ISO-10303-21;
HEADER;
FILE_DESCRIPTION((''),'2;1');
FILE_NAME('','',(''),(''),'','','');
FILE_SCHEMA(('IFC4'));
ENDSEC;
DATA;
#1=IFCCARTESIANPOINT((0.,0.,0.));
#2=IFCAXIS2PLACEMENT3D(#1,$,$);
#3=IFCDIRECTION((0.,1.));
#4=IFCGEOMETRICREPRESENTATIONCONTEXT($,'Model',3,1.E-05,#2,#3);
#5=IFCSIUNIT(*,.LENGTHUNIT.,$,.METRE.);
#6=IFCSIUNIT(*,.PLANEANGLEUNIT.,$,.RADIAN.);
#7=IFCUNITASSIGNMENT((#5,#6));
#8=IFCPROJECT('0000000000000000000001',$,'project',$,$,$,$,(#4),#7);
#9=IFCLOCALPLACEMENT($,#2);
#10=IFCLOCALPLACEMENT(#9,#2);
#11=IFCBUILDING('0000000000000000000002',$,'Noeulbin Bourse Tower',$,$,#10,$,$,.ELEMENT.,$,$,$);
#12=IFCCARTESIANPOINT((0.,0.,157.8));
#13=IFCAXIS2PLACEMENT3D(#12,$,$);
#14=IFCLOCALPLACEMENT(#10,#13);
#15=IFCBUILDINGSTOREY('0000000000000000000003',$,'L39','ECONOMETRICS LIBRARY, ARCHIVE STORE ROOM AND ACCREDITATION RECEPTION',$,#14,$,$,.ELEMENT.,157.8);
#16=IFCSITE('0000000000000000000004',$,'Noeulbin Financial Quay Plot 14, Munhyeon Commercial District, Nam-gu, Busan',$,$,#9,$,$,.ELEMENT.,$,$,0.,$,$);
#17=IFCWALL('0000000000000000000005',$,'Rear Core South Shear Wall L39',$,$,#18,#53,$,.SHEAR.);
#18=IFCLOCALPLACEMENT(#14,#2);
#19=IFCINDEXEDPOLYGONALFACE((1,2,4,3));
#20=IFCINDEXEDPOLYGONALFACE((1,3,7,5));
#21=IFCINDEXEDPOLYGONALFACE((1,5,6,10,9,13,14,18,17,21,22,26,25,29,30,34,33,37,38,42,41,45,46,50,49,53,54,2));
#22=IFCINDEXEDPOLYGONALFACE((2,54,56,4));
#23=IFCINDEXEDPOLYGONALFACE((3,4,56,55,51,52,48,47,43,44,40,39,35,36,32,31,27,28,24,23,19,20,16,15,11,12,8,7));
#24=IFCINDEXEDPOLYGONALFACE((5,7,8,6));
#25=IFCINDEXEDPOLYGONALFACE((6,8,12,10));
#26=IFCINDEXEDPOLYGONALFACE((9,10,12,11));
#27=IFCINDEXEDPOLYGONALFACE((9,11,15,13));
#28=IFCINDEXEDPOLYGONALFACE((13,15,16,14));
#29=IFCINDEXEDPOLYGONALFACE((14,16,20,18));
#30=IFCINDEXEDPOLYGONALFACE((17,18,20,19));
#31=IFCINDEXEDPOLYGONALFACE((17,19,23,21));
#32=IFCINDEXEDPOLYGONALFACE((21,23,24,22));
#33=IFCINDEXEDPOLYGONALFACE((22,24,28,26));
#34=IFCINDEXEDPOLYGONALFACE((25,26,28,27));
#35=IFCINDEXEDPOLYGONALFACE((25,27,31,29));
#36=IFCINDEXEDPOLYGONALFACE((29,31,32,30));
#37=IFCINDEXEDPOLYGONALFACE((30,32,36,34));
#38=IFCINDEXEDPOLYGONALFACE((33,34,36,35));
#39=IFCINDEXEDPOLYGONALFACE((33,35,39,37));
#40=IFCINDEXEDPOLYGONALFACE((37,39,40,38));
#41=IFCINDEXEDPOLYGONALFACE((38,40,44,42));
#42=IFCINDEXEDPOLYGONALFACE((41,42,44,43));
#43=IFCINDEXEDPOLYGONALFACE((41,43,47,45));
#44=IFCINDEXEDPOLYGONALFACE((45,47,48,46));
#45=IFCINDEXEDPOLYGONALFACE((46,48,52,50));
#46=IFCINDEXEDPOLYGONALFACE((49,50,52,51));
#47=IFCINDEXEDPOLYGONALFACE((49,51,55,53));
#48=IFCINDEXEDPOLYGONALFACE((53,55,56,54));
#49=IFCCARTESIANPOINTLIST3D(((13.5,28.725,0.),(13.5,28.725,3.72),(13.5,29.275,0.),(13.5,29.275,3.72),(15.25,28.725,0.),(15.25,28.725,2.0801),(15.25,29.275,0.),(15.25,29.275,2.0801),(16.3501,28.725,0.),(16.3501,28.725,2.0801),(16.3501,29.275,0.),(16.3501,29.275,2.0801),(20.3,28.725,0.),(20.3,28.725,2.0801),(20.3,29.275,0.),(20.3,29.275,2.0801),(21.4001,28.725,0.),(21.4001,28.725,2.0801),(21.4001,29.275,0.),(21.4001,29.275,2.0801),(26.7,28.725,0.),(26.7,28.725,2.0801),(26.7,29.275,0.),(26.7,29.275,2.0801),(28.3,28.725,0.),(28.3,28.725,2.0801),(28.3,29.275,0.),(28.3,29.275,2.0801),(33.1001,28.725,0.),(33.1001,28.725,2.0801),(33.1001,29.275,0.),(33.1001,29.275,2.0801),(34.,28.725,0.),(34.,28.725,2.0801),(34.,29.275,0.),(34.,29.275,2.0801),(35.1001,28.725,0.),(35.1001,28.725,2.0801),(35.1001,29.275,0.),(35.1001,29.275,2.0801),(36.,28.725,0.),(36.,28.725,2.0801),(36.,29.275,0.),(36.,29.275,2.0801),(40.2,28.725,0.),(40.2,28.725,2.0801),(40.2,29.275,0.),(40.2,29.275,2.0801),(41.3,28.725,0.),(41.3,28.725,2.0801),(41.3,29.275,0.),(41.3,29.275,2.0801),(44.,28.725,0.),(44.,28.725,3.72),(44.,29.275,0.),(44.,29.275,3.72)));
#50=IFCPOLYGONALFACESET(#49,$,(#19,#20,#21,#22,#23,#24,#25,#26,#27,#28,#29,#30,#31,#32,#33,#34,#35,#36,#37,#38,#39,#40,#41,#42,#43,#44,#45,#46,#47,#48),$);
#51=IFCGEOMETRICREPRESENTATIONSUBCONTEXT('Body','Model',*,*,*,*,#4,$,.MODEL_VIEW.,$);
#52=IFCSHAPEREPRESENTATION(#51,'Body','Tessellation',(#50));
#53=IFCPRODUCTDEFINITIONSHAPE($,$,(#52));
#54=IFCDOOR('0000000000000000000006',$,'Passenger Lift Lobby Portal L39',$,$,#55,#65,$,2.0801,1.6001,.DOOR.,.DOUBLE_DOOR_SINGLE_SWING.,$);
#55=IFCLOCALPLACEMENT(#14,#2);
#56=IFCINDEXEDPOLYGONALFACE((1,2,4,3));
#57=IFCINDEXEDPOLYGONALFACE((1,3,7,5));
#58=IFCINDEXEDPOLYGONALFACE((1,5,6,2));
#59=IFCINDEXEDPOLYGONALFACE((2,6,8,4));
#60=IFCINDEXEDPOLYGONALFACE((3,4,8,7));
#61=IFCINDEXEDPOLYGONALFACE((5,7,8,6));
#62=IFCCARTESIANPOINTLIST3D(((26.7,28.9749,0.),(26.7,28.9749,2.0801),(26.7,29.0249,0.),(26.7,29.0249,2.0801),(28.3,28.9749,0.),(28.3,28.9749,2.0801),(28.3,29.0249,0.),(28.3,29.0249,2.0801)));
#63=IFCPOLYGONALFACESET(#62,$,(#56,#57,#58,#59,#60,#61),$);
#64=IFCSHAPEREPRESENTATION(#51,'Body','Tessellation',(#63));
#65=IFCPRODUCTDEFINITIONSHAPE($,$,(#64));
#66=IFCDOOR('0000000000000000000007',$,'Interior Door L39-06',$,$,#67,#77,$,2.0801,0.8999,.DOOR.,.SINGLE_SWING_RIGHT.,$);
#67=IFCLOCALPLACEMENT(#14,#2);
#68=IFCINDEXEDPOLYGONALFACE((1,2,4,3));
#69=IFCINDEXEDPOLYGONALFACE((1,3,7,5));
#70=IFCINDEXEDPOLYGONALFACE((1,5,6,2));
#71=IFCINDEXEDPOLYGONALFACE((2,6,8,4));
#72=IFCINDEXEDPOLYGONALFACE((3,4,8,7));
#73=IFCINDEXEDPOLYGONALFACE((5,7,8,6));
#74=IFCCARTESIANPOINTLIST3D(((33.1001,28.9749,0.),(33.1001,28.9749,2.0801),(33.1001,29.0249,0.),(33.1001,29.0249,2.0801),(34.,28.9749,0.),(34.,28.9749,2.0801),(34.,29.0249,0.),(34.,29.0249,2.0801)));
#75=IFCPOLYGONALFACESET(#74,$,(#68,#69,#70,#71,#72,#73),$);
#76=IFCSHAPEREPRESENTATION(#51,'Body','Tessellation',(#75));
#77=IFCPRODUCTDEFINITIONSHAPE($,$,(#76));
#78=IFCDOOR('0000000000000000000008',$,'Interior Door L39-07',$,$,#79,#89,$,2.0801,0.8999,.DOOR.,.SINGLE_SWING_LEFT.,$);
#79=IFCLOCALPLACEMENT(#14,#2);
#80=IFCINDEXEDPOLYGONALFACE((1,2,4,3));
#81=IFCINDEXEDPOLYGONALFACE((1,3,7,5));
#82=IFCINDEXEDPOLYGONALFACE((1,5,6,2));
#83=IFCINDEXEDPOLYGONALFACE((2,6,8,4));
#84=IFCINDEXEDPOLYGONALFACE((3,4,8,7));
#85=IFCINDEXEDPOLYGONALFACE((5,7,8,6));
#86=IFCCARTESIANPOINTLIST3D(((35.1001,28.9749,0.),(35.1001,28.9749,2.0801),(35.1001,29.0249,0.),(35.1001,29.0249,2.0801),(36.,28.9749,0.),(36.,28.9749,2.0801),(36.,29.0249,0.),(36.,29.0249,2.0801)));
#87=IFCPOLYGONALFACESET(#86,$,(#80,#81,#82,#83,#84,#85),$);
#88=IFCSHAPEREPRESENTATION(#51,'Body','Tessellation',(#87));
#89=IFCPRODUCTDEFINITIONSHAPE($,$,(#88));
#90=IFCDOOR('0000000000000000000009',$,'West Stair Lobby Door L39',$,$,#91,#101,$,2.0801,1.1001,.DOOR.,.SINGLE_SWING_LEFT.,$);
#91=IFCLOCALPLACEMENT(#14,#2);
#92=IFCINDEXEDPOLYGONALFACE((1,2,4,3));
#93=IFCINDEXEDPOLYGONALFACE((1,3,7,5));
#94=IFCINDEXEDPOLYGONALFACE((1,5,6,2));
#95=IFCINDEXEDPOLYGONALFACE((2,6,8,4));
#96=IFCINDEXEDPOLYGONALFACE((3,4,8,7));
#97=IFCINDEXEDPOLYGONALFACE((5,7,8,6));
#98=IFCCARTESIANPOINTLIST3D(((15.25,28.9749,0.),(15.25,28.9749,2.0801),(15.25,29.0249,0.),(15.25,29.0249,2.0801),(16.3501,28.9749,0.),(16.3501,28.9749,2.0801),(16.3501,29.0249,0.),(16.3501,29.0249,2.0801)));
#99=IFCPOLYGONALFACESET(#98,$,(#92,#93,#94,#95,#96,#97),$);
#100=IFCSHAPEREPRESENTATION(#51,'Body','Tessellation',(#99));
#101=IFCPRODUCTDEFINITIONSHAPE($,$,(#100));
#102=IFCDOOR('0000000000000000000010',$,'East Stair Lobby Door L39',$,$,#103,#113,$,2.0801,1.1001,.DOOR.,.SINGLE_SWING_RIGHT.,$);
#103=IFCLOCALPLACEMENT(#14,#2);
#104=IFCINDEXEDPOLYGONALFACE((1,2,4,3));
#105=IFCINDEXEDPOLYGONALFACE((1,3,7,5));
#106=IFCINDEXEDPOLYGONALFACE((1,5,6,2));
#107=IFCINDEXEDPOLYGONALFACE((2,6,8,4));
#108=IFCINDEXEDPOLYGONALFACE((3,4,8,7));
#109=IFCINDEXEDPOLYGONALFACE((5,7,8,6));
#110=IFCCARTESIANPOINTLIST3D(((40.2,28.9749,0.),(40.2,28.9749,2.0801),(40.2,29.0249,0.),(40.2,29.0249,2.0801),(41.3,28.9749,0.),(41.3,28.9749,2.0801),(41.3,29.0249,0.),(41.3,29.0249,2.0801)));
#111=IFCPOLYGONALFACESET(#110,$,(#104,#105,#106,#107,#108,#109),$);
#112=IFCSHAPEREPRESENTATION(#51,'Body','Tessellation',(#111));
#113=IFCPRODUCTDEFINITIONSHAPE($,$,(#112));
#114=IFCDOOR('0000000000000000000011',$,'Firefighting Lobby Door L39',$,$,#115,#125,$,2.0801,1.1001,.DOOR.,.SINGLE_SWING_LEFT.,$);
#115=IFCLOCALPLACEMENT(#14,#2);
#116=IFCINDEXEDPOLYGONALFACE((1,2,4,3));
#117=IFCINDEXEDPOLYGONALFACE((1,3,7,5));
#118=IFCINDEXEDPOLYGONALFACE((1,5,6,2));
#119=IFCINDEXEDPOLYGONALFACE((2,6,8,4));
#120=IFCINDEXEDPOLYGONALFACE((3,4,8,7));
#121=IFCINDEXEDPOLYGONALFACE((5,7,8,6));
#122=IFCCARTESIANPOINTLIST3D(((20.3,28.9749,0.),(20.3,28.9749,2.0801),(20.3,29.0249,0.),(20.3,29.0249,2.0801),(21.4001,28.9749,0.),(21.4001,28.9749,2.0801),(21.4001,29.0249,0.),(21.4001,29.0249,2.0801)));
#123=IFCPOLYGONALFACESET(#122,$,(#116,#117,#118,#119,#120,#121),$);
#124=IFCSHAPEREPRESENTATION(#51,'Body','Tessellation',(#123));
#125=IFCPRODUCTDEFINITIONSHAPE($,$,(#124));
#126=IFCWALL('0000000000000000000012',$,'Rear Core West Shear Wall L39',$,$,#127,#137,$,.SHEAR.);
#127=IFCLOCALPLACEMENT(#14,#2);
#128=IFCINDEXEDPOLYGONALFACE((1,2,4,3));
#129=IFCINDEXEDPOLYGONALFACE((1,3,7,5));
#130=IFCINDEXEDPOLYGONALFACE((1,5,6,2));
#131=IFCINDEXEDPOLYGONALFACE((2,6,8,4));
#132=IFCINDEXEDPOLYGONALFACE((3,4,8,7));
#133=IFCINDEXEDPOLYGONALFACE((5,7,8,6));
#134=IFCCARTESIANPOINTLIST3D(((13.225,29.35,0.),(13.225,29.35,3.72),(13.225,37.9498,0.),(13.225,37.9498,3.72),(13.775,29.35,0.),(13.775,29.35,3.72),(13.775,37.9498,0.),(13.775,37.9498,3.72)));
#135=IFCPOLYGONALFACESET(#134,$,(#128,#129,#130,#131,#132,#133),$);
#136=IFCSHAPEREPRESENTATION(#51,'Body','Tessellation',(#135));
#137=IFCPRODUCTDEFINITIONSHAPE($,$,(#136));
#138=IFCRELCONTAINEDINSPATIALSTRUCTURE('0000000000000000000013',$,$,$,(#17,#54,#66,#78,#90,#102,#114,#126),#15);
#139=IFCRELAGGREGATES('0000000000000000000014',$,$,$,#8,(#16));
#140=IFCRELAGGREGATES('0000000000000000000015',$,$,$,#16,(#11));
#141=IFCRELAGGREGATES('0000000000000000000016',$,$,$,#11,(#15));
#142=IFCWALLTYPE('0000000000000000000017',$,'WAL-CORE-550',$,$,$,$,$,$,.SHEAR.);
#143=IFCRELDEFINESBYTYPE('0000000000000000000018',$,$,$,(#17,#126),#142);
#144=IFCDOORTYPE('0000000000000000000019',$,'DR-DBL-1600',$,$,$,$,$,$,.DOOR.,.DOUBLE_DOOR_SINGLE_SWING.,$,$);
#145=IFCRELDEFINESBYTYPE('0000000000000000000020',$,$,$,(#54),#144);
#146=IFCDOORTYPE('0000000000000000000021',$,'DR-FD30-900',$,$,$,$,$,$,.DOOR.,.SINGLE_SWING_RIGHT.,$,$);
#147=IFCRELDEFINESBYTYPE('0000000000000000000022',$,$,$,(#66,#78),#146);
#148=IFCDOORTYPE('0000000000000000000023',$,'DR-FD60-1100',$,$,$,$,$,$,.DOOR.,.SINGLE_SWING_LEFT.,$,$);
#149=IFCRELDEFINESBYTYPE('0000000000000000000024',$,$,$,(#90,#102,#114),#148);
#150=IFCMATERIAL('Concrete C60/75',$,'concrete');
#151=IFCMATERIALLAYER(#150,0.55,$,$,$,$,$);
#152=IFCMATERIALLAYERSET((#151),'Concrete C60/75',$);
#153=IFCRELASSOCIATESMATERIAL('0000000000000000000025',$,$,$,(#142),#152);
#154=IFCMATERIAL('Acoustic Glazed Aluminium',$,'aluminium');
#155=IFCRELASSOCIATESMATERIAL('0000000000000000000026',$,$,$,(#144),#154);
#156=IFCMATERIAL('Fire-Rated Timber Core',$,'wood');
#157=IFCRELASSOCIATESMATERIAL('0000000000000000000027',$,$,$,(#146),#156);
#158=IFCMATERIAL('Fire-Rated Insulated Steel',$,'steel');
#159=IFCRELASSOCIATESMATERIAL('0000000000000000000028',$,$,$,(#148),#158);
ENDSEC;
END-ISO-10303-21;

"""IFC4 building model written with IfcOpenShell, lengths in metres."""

from ifc_helpers import new_model, si_unit, direction, frame, frame_2d, origin, place, context, subcontext, project, spatial, rectangle, extrude, material, layer, layer_set, type_object, element, fill, save


model = new_model("IFC4")

# Units and contexts
model_context = context("Model", 3, precision=1e-05, world=origin(), true_north=direction((0.0, 1.0)))
body_context = subcontext(model_context, "Body", "Model", "MODEL_VIEW")
ifc_project = project(units=[si_unit("LENGTHUNIT", "METRE"), si_unit("PLANEANGLEUNIT", "RADIAN")], contexts=[model_context])

# Site, building, storey
site_placement = place(None, origin())
site = spatial("IfcSite", under=ifc_project, at=site_placement, Name="Noeulbin Financial Quay Plot 14, Munhyeon Commercial District, Nam-gu, Busan", CompositionType="ELEMENT", RefElevation=0.0)
building_placement = place(site_placement, origin())
building = spatial("IfcBuilding", under=site, at=building_placement, Name="Noeulbin Bourse Tower", CompositionType="ELEMENT")
storey_placement = place(building_placement, frame((0.0, 0.0, 157.8)))
storey = spatial("IfcBuildingStorey", under=building, at=storey_placement, Name="L39", Description="ECONOMETRICS LIBRARY, ARCHIVE STORE ROOM AND ACCREDITATION RECEPTION", CompositionType="ELEMENT", Elevation=157.8)

# Wall, openings, doors
ifc_material_1 = material(Name="Concrete C60/75", Category="concrete")
ifc_layer_1 = layer(ifc_material_1, 0.55)
ifc_layer_set_1 = layer_set([ifc_layer_1], Name="Concrete C60/75")
wall_type_1 = type_object("IfcWallType", Name="WAL-CORE-550", PredefinedType="SHEAR", material=ifc_layer_set_1)
wall_1_placement = place(storey_placement, frame((13.5, 29.0, 0.0), z_axis=(0.0, 0.0, 1.0), x_axis=(1.0, 0.0, 0.0)))
wall_1 = element("IfcWall", 1, at=wall_1_placement, inside=storey, type_object=wall_type_1, Name="Rear Core South Shear Wall L39", PredefinedType="SHEAR", context=body_context, shape_type="SweptSolid", body=[
    extrude(rectangle(XDim=30.5, YDim=0.55, at=frame_2d((15.25, 0.0))), origin(), (0.0, 0.0, 1.0), 3.72),
])
opening_1_placement = place(wall_1_placement, frame((1.75, 0.0, 0.0)))
opening_1 = element("IfcOpeningElement", 2, at=opening_1_placement, cuts=wall_1, PredefinedType="OPENING", context=body_context, shape_type="SweptSolid", body=[
    extrude(rectangle(XDim=1.1001, YDim=2.0801, at=frame_2d((0.55, 1.04))), frame((0.0, 0.2849, 0.0), z_axis=(0.0, -1.0, 0.0), x_axis=(1.0, 0.0, 0.0)), (0.0, 0.0, 1.0), 0.5701),
])
opening_2_placement = place(wall_1_placement, frame((26.7, 0.0, 0.0)))
opening_2 = element("IfcOpeningElement", 3, at=opening_2_placement, cuts=wall_1, PredefinedType="OPENING", context=body_context, shape_type="SweptSolid", body=[
    extrude(rectangle(XDim=1.1001, YDim=2.0801, at=frame_2d((0.55, 1.04))), frame((0.0, 0.2849, 0.0), z_axis=(0.0, -1.0, 0.0), x_axis=(1.0, 0.0, 0.0)), (0.0, 0.0, 1.0), 0.5701),
])
opening_3_placement = place(wall_1_placement, frame((6.8, 0.0, 0.0)))
opening_3 = element("IfcOpeningElement", 4, at=opening_3_placement, cuts=wall_1, PredefinedType="OPENING", context=body_context, shape_type="SweptSolid", body=[
    extrude(rectangle(XDim=1.1001, YDim=2.0801, at=frame_2d((0.55, 1.04))), frame((0.0, 0.2849, 0.0), z_axis=(0.0, -1.0, 0.0), x_axis=(1.0, 0.0, 0.0)), (0.0, 0.0, 1.0), 0.5701),
])
opening_4_placement = place(wall_1_placement, frame((13.2, 0.0, 0.0)))
opening_4 = element("IfcOpeningElement", 5, at=opening_4_placement, cuts=wall_1, PredefinedType="OPENING", context=body_context, shape_type="SweptSolid", body=[
    extrude(rectangle(XDim=1.6001, YDim=2.0801, at=frame_2d((0.8, 1.04))), frame((0.0, 0.2849, 0.0), z_axis=(0.0, -1.0, 0.0), x_axis=(1.0, 0.0, 0.0)), (0.0, 0.0, 1.0), 0.5701),
])
opening_5_placement = place(wall_1_placement, frame((19.6001, 0.0, 0.0)))
opening_5 = element("IfcOpeningElement", 6, at=opening_5_placement, cuts=wall_1, PredefinedType="OPENING", context=body_context, shape_type="SweptSolid", body=[
    extrude(rectangle(XDim=0.8999, YDim=2.0801, at=frame_2d((0.45, 1.04))), frame((0.0, 0.2849, 0.0), z_axis=(0.0, -1.0, 0.0), x_axis=(1.0, 0.0, 0.0)), (0.0, 0.0, 1.0), 0.5701),
])
opening_6_placement = place(wall_1_placement, frame((21.6001, 0.0, 0.0)))
opening_6 = element("IfcOpeningElement", 7, at=opening_6_placement, cuts=wall_1, PredefinedType="OPENING", context=body_context, shape_type="SweptSolid", body=[
    extrude(rectangle(XDim=0.8999, YDim=2.0801, at=frame_2d((0.45, 1.04))), frame((0.0, 0.2849, 0.0), z_axis=(0.0, -1.0, 0.0), x_axis=(1.0, 0.0, 0.0)), (0.0, 0.0, 1.0), 0.5701),
])
ifc_material_2 = material(Name="Acoustic Glazed Aluminium", Category="aluminium")
door_type_1 = type_object("IfcDoorType", Name="DR-DBL-1600", OperationType="DOUBLE_DOOR_SINGLE_SWING", PredefinedType="DOOR", material=ifc_material_2)
door_1_placement = place(opening_4_placement, origin())
door_1 = element("IfcDoor", 8, at=door_1_placement, inside=storey, type_object=door_type_1, Name="Passenger Lift Lobby Portal L39", OperationType="DOUBLE_DOOR_SINGLE_SWING", OverallHeight=2.0801, OverallWidth=1.6001, PredefinedType="DOOR", context=body_context, shape_type="SweptSolid", body=[
    extrude(rectangle(XDim=1.6001, YDim=2.0801, at=frame_2d((0.8, 1.04))), frame((0.0, 0.0249, 0.0), z_axis=(0.0, -1.0, 0.0), x_axis=(1.0, 0.0, 0.0)), (0.0, 0.0, 1.0), 0.05),
])
fill(opening_4, door_1)
ifc_material_3 = material(Name="Fire-Rated Timber Core", Category="wood")
door_type_2 = type_object("IfcDoorType", Name="DR-FD30-900", OperationType="SINGLE_SWING_RIGHT", PredefinedType="DOOR", material=ifc_material_3)
door_2_placement = place(opening_5_placement, origin())
door_2 = element("IfcDoor", 9, at=door_2_placement, inside=storey, type_object=door_type_2, Name="Interior Door L39-06", OperationType="SINGLE_SWING_RIGHT", OverallHeight=2.0801, OverallWidth=0.8999, PredefinedType="DOOR", context=body_context, shape_type="SweptSolid", body=[
    extrude(rectangle(XDim=0.8999, YDim=2.0801, at=frame_2d((0.45, 1.04))), frame((0.0, 0.0249, 0.0), z_axis=(0.0, -1.0, 0.0), x_axis=(1.0, 0.0, 0.0)), (0.0, 0.0, 1.0), 0.05),
])
fill(opening_5, door_2)
door_3_placement = place(opening_6_placement, origin())
door_3 = element("IfcDoor", 10, at=door_3_placement, inside=storey, type_object=door_type_2, Name="Interior Door L39-07", OperationType="SINGLE_SWING_LEFT", OverallHeight=2.0801, OverallWidth=0.8999, PredefinedType="DOOR", context=body_context, shape_type="SweptSolid", body=[
    extrude(rectangle(XDim=0.8999, YDim=2.0801, at=frame_2d((0.45, 1.04))), frame((0.0, 0.0249, 0.0), z_axis=(0.0, -1.0, 0.0), x_axis=(1.0, 0.0, 0.0)), (0.0, 0.0, 1.0), 0.05),
])
fill(opening_6, door_3)
ifc_material_4 = material(Name="Fire-Rated Insulated Steel", Category="steel")
door_type_3 = type_object("IfcDoorType", Name="DR-FD60-1100", OperationType="SINGLE_SWING_LEFT", PredefinedType="DOOR", material=ifc_material_4)
door_4_placement = place(opening_1_placement, origin())
door_4 = element("IfcDoor", 11, at=door_4_placement, inside=storey, type_object=door_type_3, Name="West Stair Lobby Door L39", OperationType="SINGLE_SWING_LEFT", OverallHeight=2.0801, OverallWidth=1.1001, PredefinedType="DOOR", context=body_context, shape_type="SweptSolid", body=[
    extrude(rectangle(XDim=1.1001, YDim=2.0801, at=frame_2d((0.55, 1.04))), frame((0.0, 0.0249, 0.0), z_axis=(0.0, -1.0, 0.0), x_axis=(1.0, 0.0, 0.0)), (0.0, 0.0, 1.0), 0.05),
])
fill(opening_1, door_4)
door_5_placement = place(opening_2_placement, origin())
door_5 = element("IfcDoor", 12, at=door_5_placement, inside=storey, type_object=door_type_3, Name="East Stair Lobby Door L39", OperationType="SINGLE_SWING_RIGHT", OverallHeight=2.0801, OverallWidth=1.1001, PredefinedType="DOOR", context=body_context, shape_type="SweptSolid", body=[
    extrude(rectangle(XDim=1.1001, YDim=2.0801, at=frame_2d((0.55, 1.04))), frame((0.0, 0.0249, 0.0), z_axis=(0.0, -1.0, 0.0), x_axis=(1.0, 0.0, 0.0)), (0.0, 0.0, 1.0), 0.05),
])
fill(opening_2, door_5)
door_6_placement = place(opening_3_placement, origin())
door_6 = element("IfcDoor", 13, at=door_6_placement, inside=storey, type_object=door_type_3, Name="Firefighting Lobby Door L39", OperationType="SINGLE_SWING_LEFT", OverallHeight=2.0801, OverallWidth=1.1001, PredefinedType="DOOR", context=body_context, shape_type="SweptSolid", body=[
    extrude(rectangle(XDim=1.1001, YDim=2.0801, at=frame_2d((0.55, 1.04))), frame((0.0, 0.0249, 0.0), z_axis=(0.0, -1.0, 0.0), x_axis=(1.0, 0.0, 0.0)), (0.0, 0.0, 1.0), 0.05),
])
fill(opening_3, door_6)

# Wall
wall_2_placement = place(storey_placement, frame((13.5, 29.3501, 0.0), z_axis=(0.0, 0.0, 1.0), x_axis=(0.0, 1.0, 0.0)))
element("IfcWall", 14, at=wall_2_placement, inside=storey, type_object=wall_type_1, Name="Rear Core West Shear Wall L39", PredefinedType="SHEAR", context=body_context, shape_type="SweptSolid", body=[
    extrude(rectangle(XDim=8.5999, YDim=0.55, at=frame_2d((4.2998, 0.0))), origin(), (0.0, 0.0, 1.0), 3.72),
])

save(model, "model.ifc")
